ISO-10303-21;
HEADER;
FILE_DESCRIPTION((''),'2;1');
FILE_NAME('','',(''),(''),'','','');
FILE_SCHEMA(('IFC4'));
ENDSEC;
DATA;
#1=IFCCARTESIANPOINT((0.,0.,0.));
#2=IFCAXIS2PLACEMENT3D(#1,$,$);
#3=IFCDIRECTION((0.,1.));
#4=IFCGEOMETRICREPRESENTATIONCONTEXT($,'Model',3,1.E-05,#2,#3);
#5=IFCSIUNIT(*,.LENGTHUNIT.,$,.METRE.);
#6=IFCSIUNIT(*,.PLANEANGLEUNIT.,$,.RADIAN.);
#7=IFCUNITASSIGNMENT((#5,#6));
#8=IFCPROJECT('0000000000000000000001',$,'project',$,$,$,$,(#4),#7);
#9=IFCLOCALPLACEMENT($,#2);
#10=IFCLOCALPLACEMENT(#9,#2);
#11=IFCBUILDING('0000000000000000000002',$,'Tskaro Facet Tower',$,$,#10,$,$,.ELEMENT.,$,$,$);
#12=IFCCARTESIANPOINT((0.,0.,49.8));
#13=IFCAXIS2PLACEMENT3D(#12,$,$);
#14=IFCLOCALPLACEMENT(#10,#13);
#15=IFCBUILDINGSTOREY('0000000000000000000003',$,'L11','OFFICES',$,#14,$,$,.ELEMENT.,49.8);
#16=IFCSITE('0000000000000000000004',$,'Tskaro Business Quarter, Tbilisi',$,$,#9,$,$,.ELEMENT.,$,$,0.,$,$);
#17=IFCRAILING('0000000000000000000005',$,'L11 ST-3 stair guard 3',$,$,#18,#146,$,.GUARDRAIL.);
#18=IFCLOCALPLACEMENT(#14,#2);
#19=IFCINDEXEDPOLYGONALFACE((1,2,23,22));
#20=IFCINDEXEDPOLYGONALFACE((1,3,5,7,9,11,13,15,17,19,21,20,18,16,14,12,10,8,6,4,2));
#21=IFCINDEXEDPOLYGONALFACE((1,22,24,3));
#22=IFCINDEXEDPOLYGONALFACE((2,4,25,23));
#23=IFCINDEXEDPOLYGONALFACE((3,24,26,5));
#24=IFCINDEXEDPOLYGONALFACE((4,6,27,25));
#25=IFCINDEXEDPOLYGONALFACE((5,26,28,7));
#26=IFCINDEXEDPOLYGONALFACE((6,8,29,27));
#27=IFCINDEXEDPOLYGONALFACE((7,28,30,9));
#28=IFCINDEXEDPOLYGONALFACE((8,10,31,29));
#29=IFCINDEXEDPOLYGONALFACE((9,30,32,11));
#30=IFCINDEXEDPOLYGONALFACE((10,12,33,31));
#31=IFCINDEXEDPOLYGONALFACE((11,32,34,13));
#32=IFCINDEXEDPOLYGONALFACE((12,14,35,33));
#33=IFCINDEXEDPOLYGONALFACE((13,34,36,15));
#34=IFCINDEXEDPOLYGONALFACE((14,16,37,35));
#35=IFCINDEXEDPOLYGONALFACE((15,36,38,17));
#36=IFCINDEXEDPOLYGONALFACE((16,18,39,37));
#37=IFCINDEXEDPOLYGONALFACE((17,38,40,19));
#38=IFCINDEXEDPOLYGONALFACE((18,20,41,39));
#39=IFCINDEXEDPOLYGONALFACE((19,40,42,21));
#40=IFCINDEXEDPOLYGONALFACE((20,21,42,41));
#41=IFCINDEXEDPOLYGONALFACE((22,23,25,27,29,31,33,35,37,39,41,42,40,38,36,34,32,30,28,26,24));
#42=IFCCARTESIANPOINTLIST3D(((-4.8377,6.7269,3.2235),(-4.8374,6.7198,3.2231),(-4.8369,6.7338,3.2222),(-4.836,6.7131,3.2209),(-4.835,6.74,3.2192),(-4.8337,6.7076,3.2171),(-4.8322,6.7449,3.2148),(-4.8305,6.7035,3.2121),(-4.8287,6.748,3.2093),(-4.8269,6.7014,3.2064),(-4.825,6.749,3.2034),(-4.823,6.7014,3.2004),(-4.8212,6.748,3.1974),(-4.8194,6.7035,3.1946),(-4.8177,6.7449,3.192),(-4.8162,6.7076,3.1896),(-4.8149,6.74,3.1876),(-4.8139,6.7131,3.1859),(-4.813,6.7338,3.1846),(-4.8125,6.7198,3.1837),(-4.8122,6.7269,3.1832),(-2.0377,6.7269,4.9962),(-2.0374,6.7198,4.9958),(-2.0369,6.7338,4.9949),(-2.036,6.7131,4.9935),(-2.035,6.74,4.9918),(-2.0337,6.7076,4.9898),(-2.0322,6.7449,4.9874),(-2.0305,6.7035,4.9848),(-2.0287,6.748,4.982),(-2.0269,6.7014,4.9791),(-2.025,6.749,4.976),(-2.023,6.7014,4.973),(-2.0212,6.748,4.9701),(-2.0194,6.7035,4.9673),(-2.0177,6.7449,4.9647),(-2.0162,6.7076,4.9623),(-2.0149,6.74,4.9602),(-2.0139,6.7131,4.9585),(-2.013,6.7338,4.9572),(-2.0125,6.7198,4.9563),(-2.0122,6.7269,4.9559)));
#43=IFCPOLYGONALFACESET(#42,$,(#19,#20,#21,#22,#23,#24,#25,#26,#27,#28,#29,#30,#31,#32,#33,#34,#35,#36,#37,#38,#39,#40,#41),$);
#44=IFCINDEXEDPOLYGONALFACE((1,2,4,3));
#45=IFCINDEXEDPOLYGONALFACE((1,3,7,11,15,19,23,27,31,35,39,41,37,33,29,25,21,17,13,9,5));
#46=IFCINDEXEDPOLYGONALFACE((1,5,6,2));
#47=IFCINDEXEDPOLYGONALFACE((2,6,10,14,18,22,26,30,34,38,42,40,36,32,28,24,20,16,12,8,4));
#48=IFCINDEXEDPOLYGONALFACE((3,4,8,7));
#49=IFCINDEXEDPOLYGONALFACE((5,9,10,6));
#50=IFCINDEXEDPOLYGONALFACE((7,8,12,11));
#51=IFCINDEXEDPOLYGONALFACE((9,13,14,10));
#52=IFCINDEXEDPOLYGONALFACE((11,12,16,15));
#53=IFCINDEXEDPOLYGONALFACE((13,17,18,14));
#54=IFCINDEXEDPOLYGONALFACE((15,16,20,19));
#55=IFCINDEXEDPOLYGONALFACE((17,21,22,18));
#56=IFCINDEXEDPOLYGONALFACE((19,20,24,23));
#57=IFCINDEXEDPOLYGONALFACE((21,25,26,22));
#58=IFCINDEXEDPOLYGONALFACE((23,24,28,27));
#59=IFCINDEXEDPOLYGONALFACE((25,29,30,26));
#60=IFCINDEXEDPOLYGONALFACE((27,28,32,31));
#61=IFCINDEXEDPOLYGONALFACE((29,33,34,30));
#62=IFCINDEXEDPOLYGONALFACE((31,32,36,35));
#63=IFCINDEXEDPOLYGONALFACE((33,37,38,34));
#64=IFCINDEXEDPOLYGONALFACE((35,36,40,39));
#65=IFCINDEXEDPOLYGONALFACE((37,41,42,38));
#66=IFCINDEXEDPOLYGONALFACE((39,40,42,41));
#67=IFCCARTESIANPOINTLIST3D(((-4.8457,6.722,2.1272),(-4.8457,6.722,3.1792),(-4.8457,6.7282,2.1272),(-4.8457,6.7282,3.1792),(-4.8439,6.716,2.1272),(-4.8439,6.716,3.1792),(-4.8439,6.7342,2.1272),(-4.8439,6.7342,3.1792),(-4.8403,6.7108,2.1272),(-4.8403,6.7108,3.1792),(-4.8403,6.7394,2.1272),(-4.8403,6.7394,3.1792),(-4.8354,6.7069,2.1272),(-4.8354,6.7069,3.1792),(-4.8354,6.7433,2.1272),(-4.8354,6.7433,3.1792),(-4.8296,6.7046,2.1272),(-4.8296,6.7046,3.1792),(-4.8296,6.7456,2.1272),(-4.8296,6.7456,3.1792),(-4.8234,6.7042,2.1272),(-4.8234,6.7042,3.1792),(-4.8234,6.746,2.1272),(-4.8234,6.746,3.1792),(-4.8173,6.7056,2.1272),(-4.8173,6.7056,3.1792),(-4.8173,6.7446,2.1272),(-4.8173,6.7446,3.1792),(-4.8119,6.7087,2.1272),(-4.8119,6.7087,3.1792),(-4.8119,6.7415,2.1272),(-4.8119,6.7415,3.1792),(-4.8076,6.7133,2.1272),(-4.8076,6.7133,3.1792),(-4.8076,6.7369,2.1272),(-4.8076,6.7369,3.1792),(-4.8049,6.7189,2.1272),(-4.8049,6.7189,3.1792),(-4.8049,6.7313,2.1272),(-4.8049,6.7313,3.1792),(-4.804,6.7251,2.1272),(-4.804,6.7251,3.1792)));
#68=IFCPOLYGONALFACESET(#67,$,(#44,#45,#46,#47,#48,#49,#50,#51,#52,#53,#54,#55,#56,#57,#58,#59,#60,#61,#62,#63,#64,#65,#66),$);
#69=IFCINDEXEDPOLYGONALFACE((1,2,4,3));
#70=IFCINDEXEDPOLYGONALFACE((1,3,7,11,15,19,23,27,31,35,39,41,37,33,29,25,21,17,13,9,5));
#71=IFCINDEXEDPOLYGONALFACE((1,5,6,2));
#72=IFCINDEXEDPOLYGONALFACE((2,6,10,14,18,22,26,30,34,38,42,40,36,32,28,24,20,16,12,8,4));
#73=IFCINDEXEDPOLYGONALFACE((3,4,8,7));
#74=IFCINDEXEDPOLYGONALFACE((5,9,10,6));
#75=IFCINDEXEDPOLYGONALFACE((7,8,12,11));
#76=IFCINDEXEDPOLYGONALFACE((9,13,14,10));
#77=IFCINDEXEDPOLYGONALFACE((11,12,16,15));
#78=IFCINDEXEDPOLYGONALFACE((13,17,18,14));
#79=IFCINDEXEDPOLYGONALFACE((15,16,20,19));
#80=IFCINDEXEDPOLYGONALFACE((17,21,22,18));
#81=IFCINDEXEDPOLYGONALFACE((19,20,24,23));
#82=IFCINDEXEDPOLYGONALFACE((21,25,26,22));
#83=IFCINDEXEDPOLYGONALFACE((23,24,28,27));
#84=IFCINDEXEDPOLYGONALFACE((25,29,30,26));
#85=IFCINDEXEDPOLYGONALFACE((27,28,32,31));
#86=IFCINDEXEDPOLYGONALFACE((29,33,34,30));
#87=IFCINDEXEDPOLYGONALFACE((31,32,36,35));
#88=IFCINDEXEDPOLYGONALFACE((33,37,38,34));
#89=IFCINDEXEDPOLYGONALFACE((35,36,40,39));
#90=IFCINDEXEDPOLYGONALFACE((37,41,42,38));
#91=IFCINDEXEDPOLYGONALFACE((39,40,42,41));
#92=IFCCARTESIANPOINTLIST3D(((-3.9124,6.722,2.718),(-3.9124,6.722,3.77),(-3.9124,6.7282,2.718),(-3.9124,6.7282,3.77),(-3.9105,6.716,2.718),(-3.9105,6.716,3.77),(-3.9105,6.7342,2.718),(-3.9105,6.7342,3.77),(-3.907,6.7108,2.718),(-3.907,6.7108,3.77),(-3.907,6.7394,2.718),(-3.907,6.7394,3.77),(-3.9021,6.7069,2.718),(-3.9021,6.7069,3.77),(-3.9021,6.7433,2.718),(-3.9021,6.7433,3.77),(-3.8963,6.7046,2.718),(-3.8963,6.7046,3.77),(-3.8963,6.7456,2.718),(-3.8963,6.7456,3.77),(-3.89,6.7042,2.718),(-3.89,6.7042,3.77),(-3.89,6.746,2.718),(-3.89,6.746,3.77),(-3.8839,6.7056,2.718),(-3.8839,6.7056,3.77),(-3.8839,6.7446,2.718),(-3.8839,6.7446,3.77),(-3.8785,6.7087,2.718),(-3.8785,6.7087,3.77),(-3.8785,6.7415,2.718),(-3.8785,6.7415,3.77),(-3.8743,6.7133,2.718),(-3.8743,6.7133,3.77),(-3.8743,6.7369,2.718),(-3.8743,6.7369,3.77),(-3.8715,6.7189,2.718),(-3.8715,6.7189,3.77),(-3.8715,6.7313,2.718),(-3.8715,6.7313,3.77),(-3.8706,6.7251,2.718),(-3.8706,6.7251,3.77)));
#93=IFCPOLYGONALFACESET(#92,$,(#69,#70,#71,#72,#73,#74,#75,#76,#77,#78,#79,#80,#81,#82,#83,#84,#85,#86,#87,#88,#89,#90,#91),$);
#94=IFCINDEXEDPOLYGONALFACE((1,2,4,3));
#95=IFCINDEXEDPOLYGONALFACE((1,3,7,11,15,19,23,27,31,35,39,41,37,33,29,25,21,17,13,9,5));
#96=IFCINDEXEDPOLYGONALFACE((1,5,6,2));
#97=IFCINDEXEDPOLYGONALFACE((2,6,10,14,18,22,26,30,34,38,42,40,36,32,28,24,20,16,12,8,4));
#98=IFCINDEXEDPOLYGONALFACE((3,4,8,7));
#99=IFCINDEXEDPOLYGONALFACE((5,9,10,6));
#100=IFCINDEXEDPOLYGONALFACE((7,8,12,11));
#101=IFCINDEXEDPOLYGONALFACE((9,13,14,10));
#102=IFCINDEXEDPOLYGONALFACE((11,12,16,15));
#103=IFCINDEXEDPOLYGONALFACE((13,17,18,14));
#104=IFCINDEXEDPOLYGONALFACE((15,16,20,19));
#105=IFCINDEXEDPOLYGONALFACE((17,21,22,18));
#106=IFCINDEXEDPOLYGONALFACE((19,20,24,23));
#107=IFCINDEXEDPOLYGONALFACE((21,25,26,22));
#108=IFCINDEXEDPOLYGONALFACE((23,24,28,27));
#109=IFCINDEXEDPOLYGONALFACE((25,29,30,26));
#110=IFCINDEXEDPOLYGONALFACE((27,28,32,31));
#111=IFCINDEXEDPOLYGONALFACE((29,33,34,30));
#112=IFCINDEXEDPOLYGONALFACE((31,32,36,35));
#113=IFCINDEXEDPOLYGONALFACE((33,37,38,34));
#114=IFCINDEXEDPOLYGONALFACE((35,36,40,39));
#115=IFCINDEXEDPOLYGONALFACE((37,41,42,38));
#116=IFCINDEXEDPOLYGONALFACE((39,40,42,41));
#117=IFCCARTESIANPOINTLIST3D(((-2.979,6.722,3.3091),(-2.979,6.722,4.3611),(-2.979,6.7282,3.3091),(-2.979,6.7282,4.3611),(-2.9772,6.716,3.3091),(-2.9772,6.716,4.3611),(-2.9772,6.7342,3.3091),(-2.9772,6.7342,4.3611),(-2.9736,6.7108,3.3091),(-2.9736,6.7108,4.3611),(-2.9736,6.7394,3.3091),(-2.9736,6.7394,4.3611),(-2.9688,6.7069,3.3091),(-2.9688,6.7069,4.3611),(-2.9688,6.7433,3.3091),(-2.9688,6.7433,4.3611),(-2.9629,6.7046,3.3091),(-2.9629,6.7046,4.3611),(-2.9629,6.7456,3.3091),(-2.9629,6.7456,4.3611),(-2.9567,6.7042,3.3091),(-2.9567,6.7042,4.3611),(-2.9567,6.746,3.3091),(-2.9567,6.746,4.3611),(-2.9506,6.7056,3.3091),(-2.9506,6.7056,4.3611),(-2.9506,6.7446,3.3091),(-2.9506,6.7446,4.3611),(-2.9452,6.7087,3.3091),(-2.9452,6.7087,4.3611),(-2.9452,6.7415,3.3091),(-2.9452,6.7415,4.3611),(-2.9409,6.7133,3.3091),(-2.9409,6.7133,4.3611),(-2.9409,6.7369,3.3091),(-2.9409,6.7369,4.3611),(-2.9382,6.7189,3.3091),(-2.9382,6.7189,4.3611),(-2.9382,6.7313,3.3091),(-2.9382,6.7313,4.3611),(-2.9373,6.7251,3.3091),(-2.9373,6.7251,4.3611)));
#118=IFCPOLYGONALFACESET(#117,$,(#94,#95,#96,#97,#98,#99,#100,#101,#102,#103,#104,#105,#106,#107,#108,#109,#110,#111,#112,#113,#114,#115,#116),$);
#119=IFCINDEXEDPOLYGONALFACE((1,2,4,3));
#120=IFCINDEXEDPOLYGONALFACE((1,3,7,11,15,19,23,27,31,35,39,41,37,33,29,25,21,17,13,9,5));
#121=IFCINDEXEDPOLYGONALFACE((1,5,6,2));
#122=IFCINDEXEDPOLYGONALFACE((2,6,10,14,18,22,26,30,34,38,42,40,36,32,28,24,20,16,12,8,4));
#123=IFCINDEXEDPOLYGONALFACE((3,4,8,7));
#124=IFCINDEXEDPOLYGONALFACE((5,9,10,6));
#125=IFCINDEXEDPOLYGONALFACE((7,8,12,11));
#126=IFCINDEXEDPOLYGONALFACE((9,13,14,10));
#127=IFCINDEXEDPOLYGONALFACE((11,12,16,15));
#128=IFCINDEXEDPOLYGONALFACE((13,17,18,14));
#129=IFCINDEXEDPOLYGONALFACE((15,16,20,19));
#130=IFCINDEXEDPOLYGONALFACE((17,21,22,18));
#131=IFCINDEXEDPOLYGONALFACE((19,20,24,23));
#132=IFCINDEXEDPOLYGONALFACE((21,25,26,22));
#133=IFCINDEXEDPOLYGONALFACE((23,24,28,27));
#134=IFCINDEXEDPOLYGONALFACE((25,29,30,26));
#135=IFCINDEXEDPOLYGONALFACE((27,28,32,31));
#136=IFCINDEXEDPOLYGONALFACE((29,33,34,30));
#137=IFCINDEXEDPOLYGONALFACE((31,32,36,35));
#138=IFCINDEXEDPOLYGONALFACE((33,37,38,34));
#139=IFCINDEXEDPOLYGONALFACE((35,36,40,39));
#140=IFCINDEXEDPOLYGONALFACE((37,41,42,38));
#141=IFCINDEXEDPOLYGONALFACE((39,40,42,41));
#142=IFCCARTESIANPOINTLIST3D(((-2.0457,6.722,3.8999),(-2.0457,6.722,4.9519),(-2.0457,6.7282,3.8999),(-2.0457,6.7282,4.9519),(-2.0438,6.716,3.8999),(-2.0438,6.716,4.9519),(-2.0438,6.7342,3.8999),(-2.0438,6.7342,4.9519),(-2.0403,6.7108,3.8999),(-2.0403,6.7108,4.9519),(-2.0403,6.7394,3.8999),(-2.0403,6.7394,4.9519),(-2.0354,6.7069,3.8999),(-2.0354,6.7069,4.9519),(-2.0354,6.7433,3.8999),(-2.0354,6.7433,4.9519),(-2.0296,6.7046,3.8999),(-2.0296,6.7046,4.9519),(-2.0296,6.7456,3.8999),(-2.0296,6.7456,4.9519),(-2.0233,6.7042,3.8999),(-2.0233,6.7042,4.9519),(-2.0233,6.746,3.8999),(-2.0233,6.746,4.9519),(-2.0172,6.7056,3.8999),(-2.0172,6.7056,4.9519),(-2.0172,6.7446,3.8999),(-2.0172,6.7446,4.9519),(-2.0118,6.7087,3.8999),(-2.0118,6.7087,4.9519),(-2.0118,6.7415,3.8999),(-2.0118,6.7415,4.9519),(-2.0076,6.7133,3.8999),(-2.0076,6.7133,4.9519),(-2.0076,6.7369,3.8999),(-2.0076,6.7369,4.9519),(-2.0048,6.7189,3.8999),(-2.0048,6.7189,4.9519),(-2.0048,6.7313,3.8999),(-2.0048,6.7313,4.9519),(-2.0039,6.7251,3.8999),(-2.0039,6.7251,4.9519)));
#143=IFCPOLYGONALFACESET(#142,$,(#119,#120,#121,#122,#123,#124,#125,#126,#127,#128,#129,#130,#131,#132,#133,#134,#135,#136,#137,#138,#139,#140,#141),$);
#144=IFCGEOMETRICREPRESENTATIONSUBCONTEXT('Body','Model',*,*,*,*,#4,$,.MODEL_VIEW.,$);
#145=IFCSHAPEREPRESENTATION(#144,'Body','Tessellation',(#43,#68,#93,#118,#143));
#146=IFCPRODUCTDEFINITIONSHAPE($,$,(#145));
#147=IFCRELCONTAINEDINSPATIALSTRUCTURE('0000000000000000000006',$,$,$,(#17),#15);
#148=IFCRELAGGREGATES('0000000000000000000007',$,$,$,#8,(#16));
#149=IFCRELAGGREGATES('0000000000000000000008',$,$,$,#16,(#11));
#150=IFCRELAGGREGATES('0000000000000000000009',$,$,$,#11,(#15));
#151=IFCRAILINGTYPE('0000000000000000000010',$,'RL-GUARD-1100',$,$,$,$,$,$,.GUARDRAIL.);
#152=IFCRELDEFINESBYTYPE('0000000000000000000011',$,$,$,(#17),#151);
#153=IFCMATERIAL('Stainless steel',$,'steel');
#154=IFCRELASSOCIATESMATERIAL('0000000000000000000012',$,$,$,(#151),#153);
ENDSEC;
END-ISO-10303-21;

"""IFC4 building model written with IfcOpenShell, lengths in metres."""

from ifc_helpers import new_model, si_unit, direction, frame, origin, origin_2d, place, context, subcontext, project, spatial, circle, extrude, material, type_object, element, save


model = new_model("IFC4")

# Units and contexts
model_context = context("Model", 3, precision=1e-05, world=origin(), true_north=direction((0.0, 1.0)))
body_context = subcontext(model_context, "Body", "Model", "MODEL_VIEW")
ifc_project = project(units=[si_unit("LENGTHUNIT", "METRE"), si_unit("PLANEANGLEUNIT", "RADIAN")], contexts=[model_context])

# Site, building, storey
site_placement = place(None, origin())
site = spatial("IfcSite", under=ifc_project, at=site_placement, Name="Tskaro Business Quarter, Tbilisi", CompositionType="ELEMENT", RefElevation=0.0)
building_placement = place(site_placement, origin())
building = spatial("IfcBuilding", under=site, at=building_placement, Name="Tskaro Facet Tower", CompositionType="ELEMENT")
storey_placement = place(building_placement, frame((0.0, 0.0, 49.8)))
storey = spatial("IfcBuildingStorey", under=building, at=storey_placement, Name="L11", Description="OFFICES", CompositionType="ELEMENT", Elevation=49.8)

# Railing
ifc_material_1 = material(Name="Stainless steel", Category="steel")
railing_type_1 = type_object("IfcRailingType", Name="RL-GUARD-1100", PredefinedType="GUARDRAIL", material=ifc_material_1)
railing_1_placement = place(storey_placement, frame((-4.825, 6.7251, 2.1272)))
element("IfcRailing", 1, at=railing_1_placement, inside=storey, type_object=railing_type_1, Name="L11 ST-3 stair guard 3", PredefinedType="GUARDRAIL", context=body_context, shape_type="SweptSolid", body=[
    extrude(circle(Radius=0.0239, at=origin_2d()), frame((0.0, 0.0, 1.0762), z_axis=(0.844909, 0.0, 0.53491), x_axis=(0.0, 1.0, 0.0)), (0.0, 0.0, 1.0), 3.314),
    extrude(circle(Radius=0.021, at=origin_2d()), origin(), (0.0, 0.0, 1.0), 1.052),
    extrude(circle(Radius=0.021, at=origin_2d()), frame((0.9333, 0.0, 0.5908)), (0.0, 0.0, 1.0), 1.052),
    extrude(circle(Radius=0.021, at=origin_2d()), frame((1.8667, 0.0, 1.1819)), (0.0, 0.0, 1.0), 1.052),
    extrude(circle(Radius=0.021, at=origin_2d()), frame((2.8, 0.0, 1.7727)), (0.0, 0.0, 1.0), 1.052),
])

save(model, "model.ifc")
